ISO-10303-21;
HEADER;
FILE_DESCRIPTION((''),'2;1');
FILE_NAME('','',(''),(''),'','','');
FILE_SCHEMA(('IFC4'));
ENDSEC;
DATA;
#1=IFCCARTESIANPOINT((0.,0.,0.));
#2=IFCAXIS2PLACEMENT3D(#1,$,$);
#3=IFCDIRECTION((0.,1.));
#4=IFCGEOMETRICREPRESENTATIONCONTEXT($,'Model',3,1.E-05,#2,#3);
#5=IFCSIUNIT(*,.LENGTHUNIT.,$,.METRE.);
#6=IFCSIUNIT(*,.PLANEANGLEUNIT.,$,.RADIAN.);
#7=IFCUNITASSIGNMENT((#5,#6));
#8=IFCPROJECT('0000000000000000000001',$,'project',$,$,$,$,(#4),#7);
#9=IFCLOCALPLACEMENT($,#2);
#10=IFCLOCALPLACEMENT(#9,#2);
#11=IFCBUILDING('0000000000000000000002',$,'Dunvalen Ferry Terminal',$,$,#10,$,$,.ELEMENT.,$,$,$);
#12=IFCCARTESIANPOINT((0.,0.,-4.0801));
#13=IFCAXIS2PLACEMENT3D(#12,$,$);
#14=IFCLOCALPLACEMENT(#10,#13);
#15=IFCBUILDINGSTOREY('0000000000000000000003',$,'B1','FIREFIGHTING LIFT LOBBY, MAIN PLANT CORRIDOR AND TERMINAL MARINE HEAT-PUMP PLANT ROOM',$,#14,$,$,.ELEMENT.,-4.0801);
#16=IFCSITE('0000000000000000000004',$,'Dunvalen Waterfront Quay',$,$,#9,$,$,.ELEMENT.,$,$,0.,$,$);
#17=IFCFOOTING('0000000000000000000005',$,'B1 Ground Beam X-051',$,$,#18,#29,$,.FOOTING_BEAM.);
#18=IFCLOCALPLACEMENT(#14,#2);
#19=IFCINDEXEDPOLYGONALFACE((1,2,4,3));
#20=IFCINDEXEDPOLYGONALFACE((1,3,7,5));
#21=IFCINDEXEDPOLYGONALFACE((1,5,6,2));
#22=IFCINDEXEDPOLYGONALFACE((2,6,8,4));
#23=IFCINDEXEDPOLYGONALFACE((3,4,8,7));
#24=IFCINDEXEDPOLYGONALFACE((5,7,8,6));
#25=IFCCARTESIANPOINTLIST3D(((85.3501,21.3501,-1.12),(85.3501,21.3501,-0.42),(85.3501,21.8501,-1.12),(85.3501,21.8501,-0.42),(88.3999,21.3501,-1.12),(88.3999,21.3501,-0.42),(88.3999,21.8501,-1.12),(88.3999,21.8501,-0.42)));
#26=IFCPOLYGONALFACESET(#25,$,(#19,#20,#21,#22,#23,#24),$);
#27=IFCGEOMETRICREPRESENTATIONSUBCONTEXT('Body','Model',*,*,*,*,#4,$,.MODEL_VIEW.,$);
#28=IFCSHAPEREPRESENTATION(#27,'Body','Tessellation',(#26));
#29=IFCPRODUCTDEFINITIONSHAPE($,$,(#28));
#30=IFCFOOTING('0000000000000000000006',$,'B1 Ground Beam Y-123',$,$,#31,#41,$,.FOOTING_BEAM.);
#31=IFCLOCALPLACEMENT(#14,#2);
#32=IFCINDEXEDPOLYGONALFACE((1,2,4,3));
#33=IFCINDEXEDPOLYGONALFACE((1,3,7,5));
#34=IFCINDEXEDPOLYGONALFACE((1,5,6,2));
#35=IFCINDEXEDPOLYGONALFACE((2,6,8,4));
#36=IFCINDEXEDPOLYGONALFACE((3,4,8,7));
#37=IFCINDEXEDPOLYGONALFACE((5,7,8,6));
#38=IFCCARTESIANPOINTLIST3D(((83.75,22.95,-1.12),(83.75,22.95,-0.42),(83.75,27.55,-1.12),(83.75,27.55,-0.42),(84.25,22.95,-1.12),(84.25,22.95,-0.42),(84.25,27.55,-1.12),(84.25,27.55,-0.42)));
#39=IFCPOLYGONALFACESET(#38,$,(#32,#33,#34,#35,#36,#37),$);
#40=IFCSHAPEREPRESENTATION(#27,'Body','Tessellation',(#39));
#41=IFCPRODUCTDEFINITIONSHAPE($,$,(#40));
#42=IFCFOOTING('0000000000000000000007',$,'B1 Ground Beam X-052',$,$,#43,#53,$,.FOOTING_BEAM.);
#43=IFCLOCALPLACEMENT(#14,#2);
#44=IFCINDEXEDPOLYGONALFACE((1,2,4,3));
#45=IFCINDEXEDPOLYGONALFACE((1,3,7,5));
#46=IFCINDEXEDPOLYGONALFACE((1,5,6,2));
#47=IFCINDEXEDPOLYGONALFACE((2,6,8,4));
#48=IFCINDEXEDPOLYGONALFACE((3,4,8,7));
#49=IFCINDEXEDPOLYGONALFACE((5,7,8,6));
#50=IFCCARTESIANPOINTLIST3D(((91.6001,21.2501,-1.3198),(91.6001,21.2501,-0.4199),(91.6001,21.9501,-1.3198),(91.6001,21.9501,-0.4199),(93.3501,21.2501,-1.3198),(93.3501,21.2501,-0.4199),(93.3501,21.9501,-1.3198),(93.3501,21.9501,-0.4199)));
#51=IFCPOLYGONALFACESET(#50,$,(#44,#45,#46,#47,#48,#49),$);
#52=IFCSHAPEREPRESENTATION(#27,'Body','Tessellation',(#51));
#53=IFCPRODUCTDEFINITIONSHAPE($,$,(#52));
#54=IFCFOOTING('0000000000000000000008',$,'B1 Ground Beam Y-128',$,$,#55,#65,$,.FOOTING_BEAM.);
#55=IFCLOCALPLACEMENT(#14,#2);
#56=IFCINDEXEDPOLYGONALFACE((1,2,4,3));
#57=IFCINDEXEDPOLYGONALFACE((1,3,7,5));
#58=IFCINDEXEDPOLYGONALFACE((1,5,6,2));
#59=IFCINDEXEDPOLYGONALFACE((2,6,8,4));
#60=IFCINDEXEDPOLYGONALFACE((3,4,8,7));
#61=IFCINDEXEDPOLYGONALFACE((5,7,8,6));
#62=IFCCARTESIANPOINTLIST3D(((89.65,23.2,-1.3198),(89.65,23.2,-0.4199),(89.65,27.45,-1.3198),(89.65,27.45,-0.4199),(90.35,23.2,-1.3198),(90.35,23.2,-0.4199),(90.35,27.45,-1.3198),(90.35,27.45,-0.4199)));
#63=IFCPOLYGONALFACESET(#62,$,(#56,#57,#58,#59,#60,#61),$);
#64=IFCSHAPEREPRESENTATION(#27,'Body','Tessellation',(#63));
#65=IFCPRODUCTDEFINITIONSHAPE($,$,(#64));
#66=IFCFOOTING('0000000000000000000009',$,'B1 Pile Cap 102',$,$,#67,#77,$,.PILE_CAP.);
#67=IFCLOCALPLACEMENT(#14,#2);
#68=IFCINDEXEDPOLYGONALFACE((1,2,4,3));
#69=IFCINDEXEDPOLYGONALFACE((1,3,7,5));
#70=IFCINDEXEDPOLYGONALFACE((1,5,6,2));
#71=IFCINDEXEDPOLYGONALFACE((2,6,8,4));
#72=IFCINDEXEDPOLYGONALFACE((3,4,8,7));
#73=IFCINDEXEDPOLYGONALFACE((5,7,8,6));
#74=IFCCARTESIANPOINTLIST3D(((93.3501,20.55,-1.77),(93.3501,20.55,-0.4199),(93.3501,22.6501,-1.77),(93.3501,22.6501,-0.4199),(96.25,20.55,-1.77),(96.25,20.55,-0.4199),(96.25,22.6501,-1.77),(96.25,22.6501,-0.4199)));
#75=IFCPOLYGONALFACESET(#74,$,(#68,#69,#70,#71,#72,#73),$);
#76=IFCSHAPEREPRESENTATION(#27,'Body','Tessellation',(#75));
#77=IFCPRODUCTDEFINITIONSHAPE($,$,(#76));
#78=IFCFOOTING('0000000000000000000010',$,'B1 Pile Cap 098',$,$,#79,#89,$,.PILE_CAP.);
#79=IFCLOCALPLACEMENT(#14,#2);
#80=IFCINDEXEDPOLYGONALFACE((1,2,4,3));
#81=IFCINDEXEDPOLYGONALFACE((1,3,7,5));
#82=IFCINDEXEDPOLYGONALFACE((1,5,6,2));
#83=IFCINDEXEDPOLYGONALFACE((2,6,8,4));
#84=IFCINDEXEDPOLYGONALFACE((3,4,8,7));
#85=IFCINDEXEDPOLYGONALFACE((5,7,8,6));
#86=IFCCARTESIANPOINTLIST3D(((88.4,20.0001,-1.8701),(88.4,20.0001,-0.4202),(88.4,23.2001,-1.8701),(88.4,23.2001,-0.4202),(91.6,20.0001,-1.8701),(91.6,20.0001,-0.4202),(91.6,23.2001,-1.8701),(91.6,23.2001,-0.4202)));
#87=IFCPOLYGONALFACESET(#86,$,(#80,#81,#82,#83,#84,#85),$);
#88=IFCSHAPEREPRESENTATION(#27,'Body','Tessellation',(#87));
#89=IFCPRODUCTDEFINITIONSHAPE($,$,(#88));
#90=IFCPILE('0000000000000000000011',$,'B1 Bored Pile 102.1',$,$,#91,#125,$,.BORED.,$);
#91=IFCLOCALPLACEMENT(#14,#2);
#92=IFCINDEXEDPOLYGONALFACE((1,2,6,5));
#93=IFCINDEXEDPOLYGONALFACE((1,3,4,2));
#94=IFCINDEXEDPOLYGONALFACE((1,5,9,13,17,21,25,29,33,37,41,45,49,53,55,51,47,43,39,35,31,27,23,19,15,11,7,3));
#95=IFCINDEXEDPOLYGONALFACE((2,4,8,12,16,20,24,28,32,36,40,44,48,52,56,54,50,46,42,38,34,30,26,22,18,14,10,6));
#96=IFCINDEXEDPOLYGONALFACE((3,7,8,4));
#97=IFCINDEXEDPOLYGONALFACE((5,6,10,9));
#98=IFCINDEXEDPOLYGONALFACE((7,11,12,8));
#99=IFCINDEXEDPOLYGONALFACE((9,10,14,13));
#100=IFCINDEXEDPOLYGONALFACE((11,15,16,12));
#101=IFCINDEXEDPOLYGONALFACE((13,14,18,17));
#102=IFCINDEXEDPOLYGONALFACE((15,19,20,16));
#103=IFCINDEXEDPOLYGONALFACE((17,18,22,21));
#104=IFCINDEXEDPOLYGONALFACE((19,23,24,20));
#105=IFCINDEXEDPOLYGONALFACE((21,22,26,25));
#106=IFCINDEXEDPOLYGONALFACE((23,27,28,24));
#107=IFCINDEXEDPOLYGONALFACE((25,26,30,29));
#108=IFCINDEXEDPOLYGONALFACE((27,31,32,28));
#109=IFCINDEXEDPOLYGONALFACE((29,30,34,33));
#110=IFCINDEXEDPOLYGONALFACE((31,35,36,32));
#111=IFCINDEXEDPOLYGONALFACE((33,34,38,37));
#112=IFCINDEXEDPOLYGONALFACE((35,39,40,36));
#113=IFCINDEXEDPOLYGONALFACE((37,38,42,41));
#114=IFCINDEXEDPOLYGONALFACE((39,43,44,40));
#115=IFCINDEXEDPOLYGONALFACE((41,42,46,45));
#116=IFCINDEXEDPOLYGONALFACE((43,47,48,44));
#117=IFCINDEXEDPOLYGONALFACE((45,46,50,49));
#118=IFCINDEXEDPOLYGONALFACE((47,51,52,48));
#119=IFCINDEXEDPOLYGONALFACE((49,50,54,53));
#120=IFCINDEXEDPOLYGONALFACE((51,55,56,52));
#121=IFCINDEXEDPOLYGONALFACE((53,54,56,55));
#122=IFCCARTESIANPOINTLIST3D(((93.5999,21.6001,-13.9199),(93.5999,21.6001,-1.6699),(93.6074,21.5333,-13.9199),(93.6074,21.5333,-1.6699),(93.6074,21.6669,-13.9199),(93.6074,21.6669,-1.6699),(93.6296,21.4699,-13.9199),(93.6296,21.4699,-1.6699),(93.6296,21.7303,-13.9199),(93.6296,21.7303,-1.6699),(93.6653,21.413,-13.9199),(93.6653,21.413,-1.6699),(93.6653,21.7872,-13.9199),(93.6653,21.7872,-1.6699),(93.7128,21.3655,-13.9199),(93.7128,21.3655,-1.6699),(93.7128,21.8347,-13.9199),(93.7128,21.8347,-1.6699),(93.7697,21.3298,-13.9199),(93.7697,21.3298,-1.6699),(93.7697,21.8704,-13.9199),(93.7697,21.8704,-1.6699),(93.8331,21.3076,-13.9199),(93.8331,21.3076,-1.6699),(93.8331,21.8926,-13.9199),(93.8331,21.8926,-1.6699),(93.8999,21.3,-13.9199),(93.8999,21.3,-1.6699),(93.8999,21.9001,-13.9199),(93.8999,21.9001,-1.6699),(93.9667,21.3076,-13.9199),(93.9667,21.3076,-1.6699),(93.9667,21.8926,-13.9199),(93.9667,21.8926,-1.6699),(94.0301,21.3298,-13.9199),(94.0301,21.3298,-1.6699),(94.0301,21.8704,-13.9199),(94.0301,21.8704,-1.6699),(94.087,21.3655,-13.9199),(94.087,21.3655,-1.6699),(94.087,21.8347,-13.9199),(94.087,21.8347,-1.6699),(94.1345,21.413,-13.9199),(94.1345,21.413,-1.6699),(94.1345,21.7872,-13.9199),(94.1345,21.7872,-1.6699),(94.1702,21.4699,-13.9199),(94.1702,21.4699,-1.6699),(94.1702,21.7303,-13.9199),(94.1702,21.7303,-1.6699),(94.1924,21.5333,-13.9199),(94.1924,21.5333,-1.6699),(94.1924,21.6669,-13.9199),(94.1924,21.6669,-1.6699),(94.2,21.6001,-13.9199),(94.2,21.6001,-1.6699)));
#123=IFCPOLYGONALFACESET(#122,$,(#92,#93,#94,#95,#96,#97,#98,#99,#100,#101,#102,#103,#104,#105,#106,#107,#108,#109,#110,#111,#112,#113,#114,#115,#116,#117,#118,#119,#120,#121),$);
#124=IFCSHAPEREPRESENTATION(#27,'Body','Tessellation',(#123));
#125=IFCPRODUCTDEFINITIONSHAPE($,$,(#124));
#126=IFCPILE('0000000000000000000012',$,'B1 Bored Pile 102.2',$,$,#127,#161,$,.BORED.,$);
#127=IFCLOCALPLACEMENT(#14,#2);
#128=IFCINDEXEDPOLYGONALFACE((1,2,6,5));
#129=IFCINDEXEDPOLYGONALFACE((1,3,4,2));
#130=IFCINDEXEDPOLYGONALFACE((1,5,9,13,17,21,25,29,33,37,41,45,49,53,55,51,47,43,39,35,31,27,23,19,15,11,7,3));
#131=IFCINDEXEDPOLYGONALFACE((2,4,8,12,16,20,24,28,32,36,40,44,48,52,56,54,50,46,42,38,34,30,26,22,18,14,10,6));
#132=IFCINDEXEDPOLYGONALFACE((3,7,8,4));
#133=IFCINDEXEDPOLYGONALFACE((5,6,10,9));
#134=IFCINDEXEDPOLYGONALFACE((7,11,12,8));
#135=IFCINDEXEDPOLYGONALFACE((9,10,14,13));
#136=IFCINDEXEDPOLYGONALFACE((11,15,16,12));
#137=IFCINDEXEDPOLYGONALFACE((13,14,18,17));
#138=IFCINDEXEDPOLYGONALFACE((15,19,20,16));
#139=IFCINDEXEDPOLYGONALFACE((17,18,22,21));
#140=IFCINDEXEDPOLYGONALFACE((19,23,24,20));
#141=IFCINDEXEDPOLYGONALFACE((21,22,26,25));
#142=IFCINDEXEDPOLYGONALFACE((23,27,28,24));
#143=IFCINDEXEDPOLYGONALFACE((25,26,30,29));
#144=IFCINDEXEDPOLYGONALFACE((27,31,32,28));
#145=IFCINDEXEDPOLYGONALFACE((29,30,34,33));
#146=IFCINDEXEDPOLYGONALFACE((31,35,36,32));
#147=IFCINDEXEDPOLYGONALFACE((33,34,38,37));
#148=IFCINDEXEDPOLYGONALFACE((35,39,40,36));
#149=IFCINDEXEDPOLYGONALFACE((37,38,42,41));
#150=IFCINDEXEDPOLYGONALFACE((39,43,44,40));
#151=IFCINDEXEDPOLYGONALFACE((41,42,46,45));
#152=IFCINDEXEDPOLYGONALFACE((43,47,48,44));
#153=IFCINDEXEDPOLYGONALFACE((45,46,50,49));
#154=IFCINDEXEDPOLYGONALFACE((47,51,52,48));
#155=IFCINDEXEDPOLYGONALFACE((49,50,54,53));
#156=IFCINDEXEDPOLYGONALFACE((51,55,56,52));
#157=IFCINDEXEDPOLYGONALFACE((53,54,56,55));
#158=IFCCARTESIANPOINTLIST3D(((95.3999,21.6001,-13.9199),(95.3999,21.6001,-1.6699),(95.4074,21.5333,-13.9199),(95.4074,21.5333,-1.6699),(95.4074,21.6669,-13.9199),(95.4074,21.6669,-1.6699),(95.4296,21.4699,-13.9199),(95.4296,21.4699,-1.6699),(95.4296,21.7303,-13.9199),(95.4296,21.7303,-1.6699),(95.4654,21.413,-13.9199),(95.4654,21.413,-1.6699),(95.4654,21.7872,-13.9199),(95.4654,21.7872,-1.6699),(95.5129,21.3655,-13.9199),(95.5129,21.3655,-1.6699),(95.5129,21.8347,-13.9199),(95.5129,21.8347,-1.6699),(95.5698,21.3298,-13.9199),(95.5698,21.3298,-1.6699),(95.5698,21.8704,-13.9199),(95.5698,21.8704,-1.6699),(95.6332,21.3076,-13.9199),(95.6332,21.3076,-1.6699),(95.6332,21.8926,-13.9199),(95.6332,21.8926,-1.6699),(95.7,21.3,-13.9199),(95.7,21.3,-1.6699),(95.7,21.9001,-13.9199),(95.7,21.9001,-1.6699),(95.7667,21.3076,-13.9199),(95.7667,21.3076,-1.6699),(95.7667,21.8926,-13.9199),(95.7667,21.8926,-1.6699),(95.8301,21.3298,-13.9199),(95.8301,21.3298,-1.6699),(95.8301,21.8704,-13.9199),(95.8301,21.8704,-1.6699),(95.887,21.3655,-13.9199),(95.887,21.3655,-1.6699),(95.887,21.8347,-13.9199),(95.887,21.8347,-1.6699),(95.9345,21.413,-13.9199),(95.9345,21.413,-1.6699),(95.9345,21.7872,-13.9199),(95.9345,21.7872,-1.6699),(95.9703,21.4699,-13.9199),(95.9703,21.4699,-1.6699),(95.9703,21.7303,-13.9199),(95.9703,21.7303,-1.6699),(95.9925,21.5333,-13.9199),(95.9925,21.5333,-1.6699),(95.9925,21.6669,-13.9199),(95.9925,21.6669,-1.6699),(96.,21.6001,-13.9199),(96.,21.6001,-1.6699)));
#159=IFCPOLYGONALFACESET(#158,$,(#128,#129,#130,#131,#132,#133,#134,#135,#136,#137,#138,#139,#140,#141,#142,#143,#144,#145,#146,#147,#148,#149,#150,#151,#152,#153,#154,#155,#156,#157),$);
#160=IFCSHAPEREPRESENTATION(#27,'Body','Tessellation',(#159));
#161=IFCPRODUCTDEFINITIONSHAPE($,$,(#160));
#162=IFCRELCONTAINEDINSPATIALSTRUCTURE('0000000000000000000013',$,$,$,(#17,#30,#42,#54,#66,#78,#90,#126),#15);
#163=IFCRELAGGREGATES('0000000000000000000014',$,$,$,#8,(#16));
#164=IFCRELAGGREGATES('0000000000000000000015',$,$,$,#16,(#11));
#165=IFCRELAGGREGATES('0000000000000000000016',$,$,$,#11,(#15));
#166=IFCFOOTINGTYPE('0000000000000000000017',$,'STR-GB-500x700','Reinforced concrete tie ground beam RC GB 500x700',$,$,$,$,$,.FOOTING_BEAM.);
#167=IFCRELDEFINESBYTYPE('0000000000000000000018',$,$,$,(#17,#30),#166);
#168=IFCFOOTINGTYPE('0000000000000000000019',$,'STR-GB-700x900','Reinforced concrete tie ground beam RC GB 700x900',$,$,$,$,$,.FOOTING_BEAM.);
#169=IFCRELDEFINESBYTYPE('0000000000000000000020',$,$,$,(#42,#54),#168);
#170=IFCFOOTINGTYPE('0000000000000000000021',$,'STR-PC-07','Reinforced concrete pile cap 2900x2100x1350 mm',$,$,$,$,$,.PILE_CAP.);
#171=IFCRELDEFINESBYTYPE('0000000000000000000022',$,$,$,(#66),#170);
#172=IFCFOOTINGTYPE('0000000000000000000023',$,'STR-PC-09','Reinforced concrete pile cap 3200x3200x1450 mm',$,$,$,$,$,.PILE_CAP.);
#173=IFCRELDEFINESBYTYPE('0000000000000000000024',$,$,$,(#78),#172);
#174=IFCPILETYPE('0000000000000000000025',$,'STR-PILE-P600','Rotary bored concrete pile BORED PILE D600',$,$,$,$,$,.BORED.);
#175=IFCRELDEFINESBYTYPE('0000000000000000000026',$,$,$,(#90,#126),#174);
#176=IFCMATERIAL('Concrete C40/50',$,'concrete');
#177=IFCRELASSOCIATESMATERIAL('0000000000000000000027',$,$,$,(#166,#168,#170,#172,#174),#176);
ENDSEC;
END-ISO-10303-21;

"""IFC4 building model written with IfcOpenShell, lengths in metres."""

from ifc_helpers import new_model, si_unit, direction, frame, origin, origin_2d, place, context, subcontext, project, spatial, rectangle, circle, extrude, material, material_profile, profile_set, type_object, element, save


model = new_model("IFC4")

# Units and contexts
model_context = context("Model", 3, precision=1e-05, world=origin(), true_north=direction((0.0, 1.0)))
body_context = subcontext(model_context, "Body", "Model", "MODEL_VIEW")
ifc_project = project(units=[si_unit("LENGTHUNIT", "METRE"), si_unit("PLANEANGLEUNIT", "RADIAN")], contexts=[model_context])

# Site, building, storey
site_placement = place(None, origin())
site = spatial("IfcSite", under=ifc_project, at=site_placement, Name="Dunvalen Waterfront Quay", CompositionType="ELEMENT", RefElevation=0.0)
building_placement = place(site_placement, origin())
building = spatial("IfcBuilding", under=site, at=building_placement, Name="Dunvalen Ferry Terminal", CompositionType="ELEMENT")
storey_placement = place(building_placement, frame((0.0, 0.0, -4.0801)))
storey = spatial("IfcBuildingStorey", under=building, at=storey_placement, Name="B1", Description="FIREFIGHTING LIFT LOBBY, MAIN PLANT CORRIDOR AND TERMINAL MARINE HEAT-PUMP PLANT ROOM", CompositionType="ELEMENT", Elevation=-4.0801)

# Footings
ifc_material_1 = material(Name="Concrete C40/50", Category="concrete")
ifc_material_profile_1 = material_profile(ifc_material_1, rectangle(XDim=0.5, YDim=0.7, at=origin_2d()), Name="Concrete C40/50")
ifc_profile_set_1 = profile_set([ifc_material_profile_1], Name="Concrete C40/50")
footing_type_1 = type_object("IfcFootingType", Name="STR-GB-500x700", Description="Reinforced concrete tie ground beam RC GB 500x700", PredefinedType="FOOTING_BEAM", material=ifc_profile_set_1)
footing_1_placement = place(storey_placement, frame((85.3501, 21.6001, -0.77), z_axis=(1.0, 0.0, 0.0), x_axis=(0.0, 1.0, 0.0)))
element("IfcFooting", 1, at=footing_1_placement, inside=storey, type_object=footing_type_1, Name="B1 Ground Beam X-051", PredefinedType="FOOTING_BEAM", context=body_context, shape_type="SweptSolid", body=[
    extrude(rectangle(XDim=0.5, YDim=0.7, at=origin_2d()), origin(), (0.0, 0.0, 1.0), 3.0498),
])
footing_2_placement = place(storey_placement, frame((84.0, 22.95, -0.77), z_axis=(0.0, 1.0, 0.0), x_axis=(-1.0, 0.0, 0.0)))
element("IfcFooting", 2, at=footing_2_placement, inside=storey, type_object=footing_type_1, Name="B1 Ground Beam Y-123", PredefinedType="FOOTING_BEAM", context=body_context, shape_type="SweptSolid", body=[
    extrude(rectangle(XDim=0.5, YDim=0.7, at=origin_2d()), origin(), (0.0, 0.0, 1.0), 4.6001),
])
ifc_material_profile_2 = material_profile(ifc_material_1, rectangle(XDim=0.7, YDim=0.8999, at=origin_2d()), Name="Concrete C40/50")
ifc_profile_set_2 = profile_set([ifc_material_profile_2], Name="Concrete C40/50")
footing_type_2 = type_object("IfcFootingType", Name="STR-GB-700x900", Description="Reinforced concrete tie ground beam RC GB 700x900", PredefinedType="FOOTING_BEAM", material=ifc_profile_set_2)
footing_3_placement = place(storey_placement, frame((91.6001, 21.6001, -0.8699), z_axis=(1.0, 0.0, 0.0), x_axis=(0.0, 1.0, 0.0)))
element("IfcFooting", 3, at=footing_3_placement, inside=storey, type_object=footing_type_2, Name="B1 Ground Beam X-052", PredefinedType="FOOTING_BEAM", context=body_context, shape_type="SweptSolid", body=[
    extrude(rectangle(XDim=0.7, YDim=0.8999, at=origin_2d()), origin(), (0.0, 0.0, 1.0), 1.75),
])
footing_4_placement = place(storey_placement, frame((90.0, 23.2, -0.8699), z_axis=(0.0, 1.0, 0.0), x_axis=(-1.0, 0.0, 0.0)))
element("IfcFooting", 4, at=footing_4_placement, inside=storey, type_object=footing_type_2, Name="B1 Ground Beam Y-128", PredefinedType="FOOTING_BEAM", context=body_context, shape_type="SweptSolid", body=[
    extrude(rectangle(XDim=0.7, YDim=0.8999, at=origin_2d()), origin(), (0.0, 0.0, 1.0), 4.25),
])
footing_type_3 = type_object("IfcFootingType", Name="STR-PC-07", Description="Reinforced concrete pile cap 2900x2100x1350 mm", PredefinedType="PILE_CAP", material=ifc_material_1)
footing_5_placement = place(storey_placement, frame((94.8, 21.6001, -1.77), z_axis=(0.0, 0.0, 1.0), x_axis=(1.0, 0.0, 0.0)))
element("IfcFooting", 5, at=footing_5_placement, inside=storey, type_object=footing_type_3, Name="B1 Pile Cap 102", PredefinedType="PILE_CAP", context=body_context, shape_type="SweptSolid", body=[
    extrude(rectangle(XDim=2.8999, YDim=2.1001, at=origin_2d()), origin(), (0.0, 0.0, 1.0), 1.3501),
])
footing_type_4 = type_object("IfcFootingType", Name="STR-PC-09", Description="Reinforced concrete pile cap 3200x3200x1450 mm", PredefinedType="PILE_CAP", material=ifc_material_1)
footing_6_placement = place(storey_placement, frame((90.0, 21.6001, -1.8701), z_axis=(0.0, 0.0, 1.0), x_axis=(1.0, 0.0, 0.0)))
element("IfcFooting", 6, at=footing_6_placement, inside=storey, type_object=footing_type_4, Name="B1 Pile Cap 098", PredefinedType="PILE_CAP", context=body_context, shape_type="SweptSolid", body=[
    extrude(rectangle(XDim=3.2, YDim=3.2, at=origin_2d()), origin(), (0.0, 0.0, 1.0), 1.45),
])

# Piles
ifc_material_profile_3 = material_profile(ifc_material_1, circle(Radius=0.3, at=origin_2d()), Name="Concrete C40/50")
ifc_profile_set_3 = profile_set([ifc_material_profile_3], Name="Concrete C40/50")
pile_type_1 = type_object("IfcPileType", Name="STR-PILE-P600", Description="Rotary bored concrete pile BORED PILE D600", PredefinedType="BORED", material=ifc_profile_set_3)
for number, where, z_axis, x_axis, name in (
    (7, (93.8999, 21.6001, -1.6699), (0.0, 0.0, -1.0), (1.0, 0.0, 0.0), "B1 Bored Pile 102.1"),
    (8, (95.7, 21.6001, -1.6699), (0.0, 0.0, -1.0), (1.0, 0.0, 0.0), "B1 Bored Pile 102.2"),
):
    element("IfcPile", number, at=place(storey_placement, frame(where, z_axis=z_axis, x_axis=x_axis)), inside=storey, type_object=pile_type_1, Name=name, PredefinedType="BORED", context=body_context, shape_type="SweptSolid", body=[
        extrude(circle(Radius=0.3, at=origin_2d()), origin(), (0.0, 0.0, 1.0), 12.25),
    ])

save(model, "model.ifc")
